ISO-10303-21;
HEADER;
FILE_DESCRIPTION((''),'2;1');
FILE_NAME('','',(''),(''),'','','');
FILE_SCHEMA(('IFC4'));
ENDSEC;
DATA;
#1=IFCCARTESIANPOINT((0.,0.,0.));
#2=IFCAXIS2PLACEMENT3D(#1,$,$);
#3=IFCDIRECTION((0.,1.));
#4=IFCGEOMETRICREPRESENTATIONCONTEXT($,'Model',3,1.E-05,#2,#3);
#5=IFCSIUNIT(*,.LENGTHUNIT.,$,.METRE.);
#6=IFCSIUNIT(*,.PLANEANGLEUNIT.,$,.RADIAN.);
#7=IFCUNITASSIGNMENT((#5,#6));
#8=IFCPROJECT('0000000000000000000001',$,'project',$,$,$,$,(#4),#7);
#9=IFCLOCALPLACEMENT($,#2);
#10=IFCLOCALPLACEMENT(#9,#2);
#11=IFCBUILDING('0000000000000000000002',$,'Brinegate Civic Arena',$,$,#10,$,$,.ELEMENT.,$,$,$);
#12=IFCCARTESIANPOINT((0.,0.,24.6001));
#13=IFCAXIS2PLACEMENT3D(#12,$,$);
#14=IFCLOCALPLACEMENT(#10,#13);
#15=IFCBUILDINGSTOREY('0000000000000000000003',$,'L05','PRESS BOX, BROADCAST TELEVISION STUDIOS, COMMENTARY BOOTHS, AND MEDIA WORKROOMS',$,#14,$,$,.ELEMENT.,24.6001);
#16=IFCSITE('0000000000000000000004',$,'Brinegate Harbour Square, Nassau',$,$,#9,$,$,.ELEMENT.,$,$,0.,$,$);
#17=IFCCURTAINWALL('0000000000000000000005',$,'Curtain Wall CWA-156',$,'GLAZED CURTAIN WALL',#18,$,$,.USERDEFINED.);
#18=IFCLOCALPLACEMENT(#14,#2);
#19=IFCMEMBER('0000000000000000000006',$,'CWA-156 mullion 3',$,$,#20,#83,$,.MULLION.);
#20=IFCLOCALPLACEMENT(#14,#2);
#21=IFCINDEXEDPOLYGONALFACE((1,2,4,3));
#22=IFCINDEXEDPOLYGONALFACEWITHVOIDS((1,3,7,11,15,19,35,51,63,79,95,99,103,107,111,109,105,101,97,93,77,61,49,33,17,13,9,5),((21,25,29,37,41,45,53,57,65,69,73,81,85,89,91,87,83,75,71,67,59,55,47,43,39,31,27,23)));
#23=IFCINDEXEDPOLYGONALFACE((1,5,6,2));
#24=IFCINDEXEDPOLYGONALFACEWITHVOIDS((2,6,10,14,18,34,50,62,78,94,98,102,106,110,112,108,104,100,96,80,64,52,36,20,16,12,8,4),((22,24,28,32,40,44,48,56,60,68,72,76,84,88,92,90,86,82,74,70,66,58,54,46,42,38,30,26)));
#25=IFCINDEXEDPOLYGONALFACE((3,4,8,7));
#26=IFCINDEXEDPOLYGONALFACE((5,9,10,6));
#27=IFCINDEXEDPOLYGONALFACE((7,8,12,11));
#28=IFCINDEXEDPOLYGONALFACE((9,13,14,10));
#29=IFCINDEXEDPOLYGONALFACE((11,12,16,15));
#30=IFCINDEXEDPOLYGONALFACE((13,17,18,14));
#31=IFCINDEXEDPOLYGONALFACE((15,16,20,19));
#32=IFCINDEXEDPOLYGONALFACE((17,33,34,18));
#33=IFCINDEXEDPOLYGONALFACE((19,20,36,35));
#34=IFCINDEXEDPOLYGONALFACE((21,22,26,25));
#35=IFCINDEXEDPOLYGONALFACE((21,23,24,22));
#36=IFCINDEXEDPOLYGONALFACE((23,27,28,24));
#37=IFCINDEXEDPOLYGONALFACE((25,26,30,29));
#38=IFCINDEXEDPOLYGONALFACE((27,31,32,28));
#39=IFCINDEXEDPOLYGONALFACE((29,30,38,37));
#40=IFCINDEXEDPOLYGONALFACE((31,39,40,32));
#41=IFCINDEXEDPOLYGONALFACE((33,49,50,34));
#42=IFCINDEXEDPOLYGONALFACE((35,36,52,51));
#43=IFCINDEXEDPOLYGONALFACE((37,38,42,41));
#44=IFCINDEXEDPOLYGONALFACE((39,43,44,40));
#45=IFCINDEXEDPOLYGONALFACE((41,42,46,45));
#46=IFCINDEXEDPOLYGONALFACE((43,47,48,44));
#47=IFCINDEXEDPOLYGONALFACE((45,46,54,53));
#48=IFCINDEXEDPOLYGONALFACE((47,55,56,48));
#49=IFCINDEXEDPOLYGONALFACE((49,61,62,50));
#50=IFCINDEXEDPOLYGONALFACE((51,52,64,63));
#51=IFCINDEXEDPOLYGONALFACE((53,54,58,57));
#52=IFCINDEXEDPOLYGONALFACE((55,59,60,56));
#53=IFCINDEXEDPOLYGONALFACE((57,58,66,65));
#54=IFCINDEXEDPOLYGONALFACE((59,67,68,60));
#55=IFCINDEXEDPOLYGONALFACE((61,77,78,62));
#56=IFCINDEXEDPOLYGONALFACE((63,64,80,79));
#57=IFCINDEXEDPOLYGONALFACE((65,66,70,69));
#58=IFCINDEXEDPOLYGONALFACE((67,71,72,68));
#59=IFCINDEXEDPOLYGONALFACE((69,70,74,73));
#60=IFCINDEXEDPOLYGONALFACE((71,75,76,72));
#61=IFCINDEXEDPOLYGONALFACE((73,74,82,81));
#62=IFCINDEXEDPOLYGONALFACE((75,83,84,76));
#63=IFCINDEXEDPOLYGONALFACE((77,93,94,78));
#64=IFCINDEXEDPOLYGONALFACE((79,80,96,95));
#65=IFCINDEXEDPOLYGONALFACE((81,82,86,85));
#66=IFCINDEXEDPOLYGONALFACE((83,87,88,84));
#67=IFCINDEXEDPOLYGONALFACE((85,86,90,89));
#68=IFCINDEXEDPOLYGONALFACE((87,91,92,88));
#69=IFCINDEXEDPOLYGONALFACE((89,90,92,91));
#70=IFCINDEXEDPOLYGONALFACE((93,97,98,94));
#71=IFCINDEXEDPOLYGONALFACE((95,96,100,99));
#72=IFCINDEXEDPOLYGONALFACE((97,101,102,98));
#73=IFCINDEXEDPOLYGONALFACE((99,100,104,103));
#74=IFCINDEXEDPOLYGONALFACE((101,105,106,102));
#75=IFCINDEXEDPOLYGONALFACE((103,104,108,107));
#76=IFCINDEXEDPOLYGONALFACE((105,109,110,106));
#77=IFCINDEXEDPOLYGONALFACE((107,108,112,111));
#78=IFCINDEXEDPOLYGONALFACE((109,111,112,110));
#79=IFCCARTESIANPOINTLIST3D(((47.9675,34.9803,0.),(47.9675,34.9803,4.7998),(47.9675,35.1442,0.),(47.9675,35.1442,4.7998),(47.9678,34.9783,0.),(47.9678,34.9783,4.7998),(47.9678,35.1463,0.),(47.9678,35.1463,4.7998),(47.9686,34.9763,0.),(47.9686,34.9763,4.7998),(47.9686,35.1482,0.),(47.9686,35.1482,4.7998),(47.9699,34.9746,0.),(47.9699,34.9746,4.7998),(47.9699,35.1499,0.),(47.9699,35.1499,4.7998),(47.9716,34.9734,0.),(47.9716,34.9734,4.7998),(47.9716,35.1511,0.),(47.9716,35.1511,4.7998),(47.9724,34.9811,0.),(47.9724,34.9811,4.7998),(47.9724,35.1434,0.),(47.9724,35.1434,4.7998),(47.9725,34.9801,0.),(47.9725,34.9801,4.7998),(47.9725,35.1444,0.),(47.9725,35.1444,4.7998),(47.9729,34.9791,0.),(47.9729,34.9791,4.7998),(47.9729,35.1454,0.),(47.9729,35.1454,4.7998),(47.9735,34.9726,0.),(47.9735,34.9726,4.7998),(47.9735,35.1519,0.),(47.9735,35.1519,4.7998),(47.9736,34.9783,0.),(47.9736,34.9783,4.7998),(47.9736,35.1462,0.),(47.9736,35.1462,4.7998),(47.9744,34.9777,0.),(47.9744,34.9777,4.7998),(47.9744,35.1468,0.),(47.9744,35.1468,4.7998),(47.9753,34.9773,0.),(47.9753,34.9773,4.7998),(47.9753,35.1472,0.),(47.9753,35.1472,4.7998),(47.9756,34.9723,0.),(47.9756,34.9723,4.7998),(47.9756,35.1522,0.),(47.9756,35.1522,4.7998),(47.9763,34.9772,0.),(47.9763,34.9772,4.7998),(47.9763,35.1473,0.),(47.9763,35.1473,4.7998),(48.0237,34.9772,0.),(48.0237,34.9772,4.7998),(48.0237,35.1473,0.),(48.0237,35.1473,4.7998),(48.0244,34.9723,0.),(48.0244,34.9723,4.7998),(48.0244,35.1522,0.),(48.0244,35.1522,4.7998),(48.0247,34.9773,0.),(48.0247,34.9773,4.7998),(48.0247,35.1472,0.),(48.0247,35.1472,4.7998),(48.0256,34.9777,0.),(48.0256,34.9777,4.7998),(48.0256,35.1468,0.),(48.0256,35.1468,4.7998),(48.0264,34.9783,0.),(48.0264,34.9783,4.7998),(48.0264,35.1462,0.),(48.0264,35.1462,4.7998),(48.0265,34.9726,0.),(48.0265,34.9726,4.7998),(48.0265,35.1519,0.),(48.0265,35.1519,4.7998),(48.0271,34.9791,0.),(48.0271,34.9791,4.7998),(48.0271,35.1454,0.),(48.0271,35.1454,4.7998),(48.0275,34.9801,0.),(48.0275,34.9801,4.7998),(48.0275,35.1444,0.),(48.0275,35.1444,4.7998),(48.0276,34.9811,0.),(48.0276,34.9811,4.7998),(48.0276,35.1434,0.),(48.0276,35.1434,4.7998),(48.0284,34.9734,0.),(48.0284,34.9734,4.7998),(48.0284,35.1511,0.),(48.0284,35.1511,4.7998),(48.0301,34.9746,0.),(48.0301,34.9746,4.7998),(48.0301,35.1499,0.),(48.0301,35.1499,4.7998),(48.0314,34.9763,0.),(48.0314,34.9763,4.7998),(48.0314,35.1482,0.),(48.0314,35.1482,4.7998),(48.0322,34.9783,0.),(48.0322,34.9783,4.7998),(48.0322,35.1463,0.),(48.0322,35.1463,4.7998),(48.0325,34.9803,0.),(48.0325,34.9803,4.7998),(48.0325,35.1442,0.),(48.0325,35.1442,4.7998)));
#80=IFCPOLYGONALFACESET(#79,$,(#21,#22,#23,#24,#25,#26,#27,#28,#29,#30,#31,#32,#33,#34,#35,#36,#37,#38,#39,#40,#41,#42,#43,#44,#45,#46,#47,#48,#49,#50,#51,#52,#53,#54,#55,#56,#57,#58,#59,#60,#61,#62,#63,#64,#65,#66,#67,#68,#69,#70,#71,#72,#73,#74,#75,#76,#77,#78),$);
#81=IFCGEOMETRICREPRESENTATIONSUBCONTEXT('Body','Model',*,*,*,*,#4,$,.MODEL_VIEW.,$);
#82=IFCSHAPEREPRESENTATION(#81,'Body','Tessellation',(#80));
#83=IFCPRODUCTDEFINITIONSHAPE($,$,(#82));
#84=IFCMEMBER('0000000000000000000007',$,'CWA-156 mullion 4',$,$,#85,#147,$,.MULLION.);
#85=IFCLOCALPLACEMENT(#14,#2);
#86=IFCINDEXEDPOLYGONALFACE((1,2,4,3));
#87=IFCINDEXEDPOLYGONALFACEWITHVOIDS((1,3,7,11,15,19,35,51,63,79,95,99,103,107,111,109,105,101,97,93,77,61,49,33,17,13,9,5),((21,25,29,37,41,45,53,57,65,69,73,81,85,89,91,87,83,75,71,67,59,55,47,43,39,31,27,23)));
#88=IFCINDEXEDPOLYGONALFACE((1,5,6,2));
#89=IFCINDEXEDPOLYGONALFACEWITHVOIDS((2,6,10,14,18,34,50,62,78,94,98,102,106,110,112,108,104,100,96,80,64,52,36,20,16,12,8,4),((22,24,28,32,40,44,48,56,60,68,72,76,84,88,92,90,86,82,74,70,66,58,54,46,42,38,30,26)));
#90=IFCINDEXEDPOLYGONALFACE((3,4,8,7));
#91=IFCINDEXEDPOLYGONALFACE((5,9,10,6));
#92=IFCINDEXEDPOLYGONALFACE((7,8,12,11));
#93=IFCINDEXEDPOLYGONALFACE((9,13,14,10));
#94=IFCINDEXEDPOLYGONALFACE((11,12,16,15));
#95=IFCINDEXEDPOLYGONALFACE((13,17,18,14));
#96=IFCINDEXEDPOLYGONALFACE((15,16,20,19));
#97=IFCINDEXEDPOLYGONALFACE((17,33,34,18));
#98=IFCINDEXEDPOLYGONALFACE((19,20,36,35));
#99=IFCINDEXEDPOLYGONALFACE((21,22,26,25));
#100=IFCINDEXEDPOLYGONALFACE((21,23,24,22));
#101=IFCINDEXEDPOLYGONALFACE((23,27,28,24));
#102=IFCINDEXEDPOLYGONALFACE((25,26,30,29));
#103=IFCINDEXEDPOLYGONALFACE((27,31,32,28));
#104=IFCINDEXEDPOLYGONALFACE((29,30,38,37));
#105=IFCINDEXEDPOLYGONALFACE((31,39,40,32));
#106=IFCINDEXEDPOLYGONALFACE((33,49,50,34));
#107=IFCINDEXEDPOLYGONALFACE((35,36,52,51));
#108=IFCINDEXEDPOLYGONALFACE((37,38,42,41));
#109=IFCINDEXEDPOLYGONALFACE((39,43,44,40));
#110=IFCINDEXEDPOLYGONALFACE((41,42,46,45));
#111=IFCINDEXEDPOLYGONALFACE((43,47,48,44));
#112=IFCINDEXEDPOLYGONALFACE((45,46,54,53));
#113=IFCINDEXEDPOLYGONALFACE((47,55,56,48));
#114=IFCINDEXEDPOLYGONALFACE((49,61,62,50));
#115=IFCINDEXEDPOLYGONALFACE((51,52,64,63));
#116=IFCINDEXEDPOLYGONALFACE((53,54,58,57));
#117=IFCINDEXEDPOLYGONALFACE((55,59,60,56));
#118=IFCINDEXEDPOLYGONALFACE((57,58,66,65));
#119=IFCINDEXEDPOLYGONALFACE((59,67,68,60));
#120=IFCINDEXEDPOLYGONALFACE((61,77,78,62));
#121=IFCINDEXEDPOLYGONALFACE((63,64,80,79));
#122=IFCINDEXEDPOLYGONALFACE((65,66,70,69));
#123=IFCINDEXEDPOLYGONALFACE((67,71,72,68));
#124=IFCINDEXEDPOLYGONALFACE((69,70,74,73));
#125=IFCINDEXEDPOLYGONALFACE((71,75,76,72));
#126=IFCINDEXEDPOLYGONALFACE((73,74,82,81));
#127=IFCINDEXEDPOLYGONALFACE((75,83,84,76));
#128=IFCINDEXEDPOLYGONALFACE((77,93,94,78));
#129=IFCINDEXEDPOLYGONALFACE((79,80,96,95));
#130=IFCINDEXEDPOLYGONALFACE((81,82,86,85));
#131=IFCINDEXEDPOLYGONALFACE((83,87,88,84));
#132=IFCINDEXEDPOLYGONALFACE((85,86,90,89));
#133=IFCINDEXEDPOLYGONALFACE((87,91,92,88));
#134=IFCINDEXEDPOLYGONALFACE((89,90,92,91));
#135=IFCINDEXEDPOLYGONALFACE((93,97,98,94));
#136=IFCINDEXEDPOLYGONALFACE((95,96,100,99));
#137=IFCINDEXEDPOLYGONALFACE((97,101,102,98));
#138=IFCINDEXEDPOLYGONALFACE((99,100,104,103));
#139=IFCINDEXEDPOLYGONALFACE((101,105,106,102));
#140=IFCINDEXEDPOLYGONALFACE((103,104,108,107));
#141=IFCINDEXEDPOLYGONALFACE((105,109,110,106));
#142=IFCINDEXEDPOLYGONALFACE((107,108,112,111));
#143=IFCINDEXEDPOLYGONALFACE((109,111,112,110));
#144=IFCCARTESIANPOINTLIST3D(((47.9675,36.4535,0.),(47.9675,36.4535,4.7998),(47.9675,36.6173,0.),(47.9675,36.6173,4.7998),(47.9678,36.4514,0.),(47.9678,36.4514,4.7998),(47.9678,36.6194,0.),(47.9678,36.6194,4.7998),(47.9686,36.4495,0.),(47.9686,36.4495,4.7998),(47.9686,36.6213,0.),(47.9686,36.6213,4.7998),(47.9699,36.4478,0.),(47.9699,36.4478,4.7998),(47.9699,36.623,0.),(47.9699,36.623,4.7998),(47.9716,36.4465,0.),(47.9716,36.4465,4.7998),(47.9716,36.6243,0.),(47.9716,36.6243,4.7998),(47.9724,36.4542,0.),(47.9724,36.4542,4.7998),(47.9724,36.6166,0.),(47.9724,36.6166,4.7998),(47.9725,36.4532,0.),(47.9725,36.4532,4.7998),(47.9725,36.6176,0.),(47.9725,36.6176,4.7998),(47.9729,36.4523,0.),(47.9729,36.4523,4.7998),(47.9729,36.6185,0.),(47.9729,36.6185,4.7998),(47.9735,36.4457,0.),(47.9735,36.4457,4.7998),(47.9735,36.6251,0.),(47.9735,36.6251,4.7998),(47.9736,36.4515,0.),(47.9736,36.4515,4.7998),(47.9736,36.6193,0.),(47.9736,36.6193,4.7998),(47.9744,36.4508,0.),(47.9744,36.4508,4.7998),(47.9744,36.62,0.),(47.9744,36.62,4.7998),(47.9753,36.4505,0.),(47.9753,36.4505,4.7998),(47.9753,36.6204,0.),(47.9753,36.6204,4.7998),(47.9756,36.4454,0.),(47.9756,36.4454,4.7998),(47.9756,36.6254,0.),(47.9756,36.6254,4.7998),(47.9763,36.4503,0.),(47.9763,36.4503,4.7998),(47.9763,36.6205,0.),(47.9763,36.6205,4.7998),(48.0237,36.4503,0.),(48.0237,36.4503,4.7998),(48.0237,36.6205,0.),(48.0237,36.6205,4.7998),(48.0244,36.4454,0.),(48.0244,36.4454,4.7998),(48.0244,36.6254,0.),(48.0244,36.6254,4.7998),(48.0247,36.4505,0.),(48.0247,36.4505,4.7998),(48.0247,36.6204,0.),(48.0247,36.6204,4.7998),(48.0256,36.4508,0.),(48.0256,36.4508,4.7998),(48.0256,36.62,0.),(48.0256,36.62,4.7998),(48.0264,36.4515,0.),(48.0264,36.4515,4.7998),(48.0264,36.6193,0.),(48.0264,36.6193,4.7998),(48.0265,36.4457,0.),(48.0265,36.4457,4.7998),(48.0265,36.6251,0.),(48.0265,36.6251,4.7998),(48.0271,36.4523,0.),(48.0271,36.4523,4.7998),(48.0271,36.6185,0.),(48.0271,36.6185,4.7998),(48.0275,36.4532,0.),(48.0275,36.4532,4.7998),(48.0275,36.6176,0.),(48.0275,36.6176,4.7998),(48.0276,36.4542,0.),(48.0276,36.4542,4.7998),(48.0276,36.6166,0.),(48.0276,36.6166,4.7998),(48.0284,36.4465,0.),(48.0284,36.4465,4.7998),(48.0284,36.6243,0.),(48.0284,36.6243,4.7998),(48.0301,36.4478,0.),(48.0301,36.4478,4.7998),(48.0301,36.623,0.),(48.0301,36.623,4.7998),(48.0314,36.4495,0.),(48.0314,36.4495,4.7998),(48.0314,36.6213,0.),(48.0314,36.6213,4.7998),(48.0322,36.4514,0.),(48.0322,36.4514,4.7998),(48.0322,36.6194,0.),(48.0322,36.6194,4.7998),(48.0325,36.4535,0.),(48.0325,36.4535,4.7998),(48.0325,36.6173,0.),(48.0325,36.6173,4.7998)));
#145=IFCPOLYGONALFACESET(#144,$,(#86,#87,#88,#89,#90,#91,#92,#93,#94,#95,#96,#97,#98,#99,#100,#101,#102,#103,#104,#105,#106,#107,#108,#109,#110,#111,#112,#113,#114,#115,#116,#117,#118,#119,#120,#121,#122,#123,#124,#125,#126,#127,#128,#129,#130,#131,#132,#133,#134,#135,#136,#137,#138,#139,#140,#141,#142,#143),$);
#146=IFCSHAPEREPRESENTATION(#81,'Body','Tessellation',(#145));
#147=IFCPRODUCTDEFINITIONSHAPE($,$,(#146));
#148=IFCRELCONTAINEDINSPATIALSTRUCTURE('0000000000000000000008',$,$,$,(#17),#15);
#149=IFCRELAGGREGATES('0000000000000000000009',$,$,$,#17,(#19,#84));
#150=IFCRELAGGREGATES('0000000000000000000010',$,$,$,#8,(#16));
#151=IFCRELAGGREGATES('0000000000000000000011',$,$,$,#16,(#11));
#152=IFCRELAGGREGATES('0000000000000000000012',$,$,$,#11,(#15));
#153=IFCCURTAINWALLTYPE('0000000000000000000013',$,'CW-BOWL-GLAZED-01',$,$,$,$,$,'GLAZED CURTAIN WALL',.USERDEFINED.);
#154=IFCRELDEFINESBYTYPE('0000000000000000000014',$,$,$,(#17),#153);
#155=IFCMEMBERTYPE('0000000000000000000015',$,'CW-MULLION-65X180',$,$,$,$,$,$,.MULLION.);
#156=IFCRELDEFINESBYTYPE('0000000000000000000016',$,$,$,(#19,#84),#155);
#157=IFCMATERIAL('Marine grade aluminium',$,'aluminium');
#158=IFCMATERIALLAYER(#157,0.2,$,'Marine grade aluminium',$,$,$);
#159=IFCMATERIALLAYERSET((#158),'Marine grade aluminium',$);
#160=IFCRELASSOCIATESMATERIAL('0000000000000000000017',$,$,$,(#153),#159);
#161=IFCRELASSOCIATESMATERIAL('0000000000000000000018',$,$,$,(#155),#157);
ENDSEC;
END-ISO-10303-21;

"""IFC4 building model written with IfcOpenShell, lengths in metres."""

from ifc_helpers import new_model, si_unit, direction, frame, origin, origin_2d, place, context, subcontext, project, spatial, hollow_rectangle, extrude, material, layer, layer_set, material_profile, profile_set, type_object, element, aggregate, save


model = new_model("IFC4")

# Units and contexts
model_context = context("Model", 3, precision=1e-05, world=origin(), true_north=direction((0.0, 1.0)))
body_context = subcontext(model_context, "Body", "Model", "MODEL_VIEW")
ifc_project = project(units=[si_unit("LENGTHUNIT", "METRE"), si_unit("PLANEANGLEUNIT", "RADIAN")], contexts=[model_context])

# Site, building, storey
site_placement = place(None, origin())
site = spatial("IfcSite", under=ifc_project, at=site_placement, Name="Brinegate Harbour Square, Nassau", CompositionType="ELEMENT", RefElevation=0.0)
building_placement = place(site_placement, origin())
building = spatial("IfcBuilding", under=site, at=building_placement, Name="Brinegate Civic Arena", CompositionType="ELEMENT")
storey_placement = place(building_placement, frame((0.0, 0.0, 24.6001)))
storey = spatial("IfcBuildingStorey", under=building, at=storey_placement, Name="L05", Description="PRESS BOX, BROADCAST TELEVISION STUDIOS, COMMENTARY BOOTHS, AND MEDIA WORKROOMS", CompositionType="ELEMENT", Elevation=24.6001)

# Curtain wall, members
ifc_material_1 = material(Name="Marine grade aluminium", Category="aluminium")
ifc_layer_1 = layer(ifc_material_1, 0.2, Name="Marine grade aluminium")
ifc_layer_set_1 = layer_set([ifc_layer_1], Name="Marine grade aluminium")
curtain_wall_type = type_object("IfcCurtainWallType", Name="CW-BOWL-GLAZED-01", ElementType="GLAZED CURTAIN WALL", PredefinedType="USERDEFINED", material=ifc_layer_set_1)
curtain_wall_1_placement = place(storey_placement, origin())
curtain_wall_1 = element("IfcCurtainWall", 1, at=curtain_wall_1_placement, inside=storey, type_object=curtain_wall_type, Name="Curtain Wall CWA-156", ObjectType="GLAZED CURTAIN WALL", PredefinedType="USERDEFINED")
ifc_material_profile_1 = material_profile(ifc_material_1, hollow_rectangle(XDim=0.0649, YDim=0.1799, WallThickness=0.0049, InnerFilletRadius=0.0039, OuterFilletRadius=0.0081, at=origin_2d()), Name="MUL65X180")
ifc_profile_set_1 = profile_set([ifc_material_profile_1], Name="Marine grade aluminium")
member_type_1 = type_object("IfcMemberType", Name="CW-MULLION-65X180", PredefinedType="MULLION", material=ifc_profile_set_1)
member_1_placement = place(storey_placement, frame((48.0, 35.0623, 0.0), z_axis=(0.0, 0.0, 1.0), x_axis=(-1.0, 0.0, 0.0)))
member_1 = element("IfcMember", 2, at=member_1_placement, type_object=member_type_1, Name="CWA-156 mullion 3", PredefinedType="MULLION", context=body_context, shape_type="SweptSolid", body=[
    extrude(hollow_rectangle(XDim=0.0649, YDim=0.1799, WallThickness=0.0049, InnerFilletRadius=0.0039, OuterFilletRadius=0.0081, at=origin_2d()), origin(), (0.0, 0.0, 1.0), 4.7998),
])
member_2_placement = place(storey_placement, frame((48.0, 36.5354, 0.0), z_axis=(0.0, 0.0, 1.0), x_axis=(-1.0, 0.0, 0.0)))
member_2 = element("IfcMember", 3, at=member_2_placement, type_object=member_type_1, Name="CWA-156 mullion 4", PredefinedType="MULLION", context=body_context, shape_type="SweptSolid", body=[
    extrude(hollow_rectangle(XDim=0.0649, YDim=0.1799, WallThickness=0.0049, InnerFilletRadius=0.0039, OuterFilletRadius=0.0081, at=origin_2d()), origin(), (0.0, 0.0, 1.0), 4.7998),
])

aggregate(curtain_wall_1, [member_1, member_2])

save(model, "model.ifc")
